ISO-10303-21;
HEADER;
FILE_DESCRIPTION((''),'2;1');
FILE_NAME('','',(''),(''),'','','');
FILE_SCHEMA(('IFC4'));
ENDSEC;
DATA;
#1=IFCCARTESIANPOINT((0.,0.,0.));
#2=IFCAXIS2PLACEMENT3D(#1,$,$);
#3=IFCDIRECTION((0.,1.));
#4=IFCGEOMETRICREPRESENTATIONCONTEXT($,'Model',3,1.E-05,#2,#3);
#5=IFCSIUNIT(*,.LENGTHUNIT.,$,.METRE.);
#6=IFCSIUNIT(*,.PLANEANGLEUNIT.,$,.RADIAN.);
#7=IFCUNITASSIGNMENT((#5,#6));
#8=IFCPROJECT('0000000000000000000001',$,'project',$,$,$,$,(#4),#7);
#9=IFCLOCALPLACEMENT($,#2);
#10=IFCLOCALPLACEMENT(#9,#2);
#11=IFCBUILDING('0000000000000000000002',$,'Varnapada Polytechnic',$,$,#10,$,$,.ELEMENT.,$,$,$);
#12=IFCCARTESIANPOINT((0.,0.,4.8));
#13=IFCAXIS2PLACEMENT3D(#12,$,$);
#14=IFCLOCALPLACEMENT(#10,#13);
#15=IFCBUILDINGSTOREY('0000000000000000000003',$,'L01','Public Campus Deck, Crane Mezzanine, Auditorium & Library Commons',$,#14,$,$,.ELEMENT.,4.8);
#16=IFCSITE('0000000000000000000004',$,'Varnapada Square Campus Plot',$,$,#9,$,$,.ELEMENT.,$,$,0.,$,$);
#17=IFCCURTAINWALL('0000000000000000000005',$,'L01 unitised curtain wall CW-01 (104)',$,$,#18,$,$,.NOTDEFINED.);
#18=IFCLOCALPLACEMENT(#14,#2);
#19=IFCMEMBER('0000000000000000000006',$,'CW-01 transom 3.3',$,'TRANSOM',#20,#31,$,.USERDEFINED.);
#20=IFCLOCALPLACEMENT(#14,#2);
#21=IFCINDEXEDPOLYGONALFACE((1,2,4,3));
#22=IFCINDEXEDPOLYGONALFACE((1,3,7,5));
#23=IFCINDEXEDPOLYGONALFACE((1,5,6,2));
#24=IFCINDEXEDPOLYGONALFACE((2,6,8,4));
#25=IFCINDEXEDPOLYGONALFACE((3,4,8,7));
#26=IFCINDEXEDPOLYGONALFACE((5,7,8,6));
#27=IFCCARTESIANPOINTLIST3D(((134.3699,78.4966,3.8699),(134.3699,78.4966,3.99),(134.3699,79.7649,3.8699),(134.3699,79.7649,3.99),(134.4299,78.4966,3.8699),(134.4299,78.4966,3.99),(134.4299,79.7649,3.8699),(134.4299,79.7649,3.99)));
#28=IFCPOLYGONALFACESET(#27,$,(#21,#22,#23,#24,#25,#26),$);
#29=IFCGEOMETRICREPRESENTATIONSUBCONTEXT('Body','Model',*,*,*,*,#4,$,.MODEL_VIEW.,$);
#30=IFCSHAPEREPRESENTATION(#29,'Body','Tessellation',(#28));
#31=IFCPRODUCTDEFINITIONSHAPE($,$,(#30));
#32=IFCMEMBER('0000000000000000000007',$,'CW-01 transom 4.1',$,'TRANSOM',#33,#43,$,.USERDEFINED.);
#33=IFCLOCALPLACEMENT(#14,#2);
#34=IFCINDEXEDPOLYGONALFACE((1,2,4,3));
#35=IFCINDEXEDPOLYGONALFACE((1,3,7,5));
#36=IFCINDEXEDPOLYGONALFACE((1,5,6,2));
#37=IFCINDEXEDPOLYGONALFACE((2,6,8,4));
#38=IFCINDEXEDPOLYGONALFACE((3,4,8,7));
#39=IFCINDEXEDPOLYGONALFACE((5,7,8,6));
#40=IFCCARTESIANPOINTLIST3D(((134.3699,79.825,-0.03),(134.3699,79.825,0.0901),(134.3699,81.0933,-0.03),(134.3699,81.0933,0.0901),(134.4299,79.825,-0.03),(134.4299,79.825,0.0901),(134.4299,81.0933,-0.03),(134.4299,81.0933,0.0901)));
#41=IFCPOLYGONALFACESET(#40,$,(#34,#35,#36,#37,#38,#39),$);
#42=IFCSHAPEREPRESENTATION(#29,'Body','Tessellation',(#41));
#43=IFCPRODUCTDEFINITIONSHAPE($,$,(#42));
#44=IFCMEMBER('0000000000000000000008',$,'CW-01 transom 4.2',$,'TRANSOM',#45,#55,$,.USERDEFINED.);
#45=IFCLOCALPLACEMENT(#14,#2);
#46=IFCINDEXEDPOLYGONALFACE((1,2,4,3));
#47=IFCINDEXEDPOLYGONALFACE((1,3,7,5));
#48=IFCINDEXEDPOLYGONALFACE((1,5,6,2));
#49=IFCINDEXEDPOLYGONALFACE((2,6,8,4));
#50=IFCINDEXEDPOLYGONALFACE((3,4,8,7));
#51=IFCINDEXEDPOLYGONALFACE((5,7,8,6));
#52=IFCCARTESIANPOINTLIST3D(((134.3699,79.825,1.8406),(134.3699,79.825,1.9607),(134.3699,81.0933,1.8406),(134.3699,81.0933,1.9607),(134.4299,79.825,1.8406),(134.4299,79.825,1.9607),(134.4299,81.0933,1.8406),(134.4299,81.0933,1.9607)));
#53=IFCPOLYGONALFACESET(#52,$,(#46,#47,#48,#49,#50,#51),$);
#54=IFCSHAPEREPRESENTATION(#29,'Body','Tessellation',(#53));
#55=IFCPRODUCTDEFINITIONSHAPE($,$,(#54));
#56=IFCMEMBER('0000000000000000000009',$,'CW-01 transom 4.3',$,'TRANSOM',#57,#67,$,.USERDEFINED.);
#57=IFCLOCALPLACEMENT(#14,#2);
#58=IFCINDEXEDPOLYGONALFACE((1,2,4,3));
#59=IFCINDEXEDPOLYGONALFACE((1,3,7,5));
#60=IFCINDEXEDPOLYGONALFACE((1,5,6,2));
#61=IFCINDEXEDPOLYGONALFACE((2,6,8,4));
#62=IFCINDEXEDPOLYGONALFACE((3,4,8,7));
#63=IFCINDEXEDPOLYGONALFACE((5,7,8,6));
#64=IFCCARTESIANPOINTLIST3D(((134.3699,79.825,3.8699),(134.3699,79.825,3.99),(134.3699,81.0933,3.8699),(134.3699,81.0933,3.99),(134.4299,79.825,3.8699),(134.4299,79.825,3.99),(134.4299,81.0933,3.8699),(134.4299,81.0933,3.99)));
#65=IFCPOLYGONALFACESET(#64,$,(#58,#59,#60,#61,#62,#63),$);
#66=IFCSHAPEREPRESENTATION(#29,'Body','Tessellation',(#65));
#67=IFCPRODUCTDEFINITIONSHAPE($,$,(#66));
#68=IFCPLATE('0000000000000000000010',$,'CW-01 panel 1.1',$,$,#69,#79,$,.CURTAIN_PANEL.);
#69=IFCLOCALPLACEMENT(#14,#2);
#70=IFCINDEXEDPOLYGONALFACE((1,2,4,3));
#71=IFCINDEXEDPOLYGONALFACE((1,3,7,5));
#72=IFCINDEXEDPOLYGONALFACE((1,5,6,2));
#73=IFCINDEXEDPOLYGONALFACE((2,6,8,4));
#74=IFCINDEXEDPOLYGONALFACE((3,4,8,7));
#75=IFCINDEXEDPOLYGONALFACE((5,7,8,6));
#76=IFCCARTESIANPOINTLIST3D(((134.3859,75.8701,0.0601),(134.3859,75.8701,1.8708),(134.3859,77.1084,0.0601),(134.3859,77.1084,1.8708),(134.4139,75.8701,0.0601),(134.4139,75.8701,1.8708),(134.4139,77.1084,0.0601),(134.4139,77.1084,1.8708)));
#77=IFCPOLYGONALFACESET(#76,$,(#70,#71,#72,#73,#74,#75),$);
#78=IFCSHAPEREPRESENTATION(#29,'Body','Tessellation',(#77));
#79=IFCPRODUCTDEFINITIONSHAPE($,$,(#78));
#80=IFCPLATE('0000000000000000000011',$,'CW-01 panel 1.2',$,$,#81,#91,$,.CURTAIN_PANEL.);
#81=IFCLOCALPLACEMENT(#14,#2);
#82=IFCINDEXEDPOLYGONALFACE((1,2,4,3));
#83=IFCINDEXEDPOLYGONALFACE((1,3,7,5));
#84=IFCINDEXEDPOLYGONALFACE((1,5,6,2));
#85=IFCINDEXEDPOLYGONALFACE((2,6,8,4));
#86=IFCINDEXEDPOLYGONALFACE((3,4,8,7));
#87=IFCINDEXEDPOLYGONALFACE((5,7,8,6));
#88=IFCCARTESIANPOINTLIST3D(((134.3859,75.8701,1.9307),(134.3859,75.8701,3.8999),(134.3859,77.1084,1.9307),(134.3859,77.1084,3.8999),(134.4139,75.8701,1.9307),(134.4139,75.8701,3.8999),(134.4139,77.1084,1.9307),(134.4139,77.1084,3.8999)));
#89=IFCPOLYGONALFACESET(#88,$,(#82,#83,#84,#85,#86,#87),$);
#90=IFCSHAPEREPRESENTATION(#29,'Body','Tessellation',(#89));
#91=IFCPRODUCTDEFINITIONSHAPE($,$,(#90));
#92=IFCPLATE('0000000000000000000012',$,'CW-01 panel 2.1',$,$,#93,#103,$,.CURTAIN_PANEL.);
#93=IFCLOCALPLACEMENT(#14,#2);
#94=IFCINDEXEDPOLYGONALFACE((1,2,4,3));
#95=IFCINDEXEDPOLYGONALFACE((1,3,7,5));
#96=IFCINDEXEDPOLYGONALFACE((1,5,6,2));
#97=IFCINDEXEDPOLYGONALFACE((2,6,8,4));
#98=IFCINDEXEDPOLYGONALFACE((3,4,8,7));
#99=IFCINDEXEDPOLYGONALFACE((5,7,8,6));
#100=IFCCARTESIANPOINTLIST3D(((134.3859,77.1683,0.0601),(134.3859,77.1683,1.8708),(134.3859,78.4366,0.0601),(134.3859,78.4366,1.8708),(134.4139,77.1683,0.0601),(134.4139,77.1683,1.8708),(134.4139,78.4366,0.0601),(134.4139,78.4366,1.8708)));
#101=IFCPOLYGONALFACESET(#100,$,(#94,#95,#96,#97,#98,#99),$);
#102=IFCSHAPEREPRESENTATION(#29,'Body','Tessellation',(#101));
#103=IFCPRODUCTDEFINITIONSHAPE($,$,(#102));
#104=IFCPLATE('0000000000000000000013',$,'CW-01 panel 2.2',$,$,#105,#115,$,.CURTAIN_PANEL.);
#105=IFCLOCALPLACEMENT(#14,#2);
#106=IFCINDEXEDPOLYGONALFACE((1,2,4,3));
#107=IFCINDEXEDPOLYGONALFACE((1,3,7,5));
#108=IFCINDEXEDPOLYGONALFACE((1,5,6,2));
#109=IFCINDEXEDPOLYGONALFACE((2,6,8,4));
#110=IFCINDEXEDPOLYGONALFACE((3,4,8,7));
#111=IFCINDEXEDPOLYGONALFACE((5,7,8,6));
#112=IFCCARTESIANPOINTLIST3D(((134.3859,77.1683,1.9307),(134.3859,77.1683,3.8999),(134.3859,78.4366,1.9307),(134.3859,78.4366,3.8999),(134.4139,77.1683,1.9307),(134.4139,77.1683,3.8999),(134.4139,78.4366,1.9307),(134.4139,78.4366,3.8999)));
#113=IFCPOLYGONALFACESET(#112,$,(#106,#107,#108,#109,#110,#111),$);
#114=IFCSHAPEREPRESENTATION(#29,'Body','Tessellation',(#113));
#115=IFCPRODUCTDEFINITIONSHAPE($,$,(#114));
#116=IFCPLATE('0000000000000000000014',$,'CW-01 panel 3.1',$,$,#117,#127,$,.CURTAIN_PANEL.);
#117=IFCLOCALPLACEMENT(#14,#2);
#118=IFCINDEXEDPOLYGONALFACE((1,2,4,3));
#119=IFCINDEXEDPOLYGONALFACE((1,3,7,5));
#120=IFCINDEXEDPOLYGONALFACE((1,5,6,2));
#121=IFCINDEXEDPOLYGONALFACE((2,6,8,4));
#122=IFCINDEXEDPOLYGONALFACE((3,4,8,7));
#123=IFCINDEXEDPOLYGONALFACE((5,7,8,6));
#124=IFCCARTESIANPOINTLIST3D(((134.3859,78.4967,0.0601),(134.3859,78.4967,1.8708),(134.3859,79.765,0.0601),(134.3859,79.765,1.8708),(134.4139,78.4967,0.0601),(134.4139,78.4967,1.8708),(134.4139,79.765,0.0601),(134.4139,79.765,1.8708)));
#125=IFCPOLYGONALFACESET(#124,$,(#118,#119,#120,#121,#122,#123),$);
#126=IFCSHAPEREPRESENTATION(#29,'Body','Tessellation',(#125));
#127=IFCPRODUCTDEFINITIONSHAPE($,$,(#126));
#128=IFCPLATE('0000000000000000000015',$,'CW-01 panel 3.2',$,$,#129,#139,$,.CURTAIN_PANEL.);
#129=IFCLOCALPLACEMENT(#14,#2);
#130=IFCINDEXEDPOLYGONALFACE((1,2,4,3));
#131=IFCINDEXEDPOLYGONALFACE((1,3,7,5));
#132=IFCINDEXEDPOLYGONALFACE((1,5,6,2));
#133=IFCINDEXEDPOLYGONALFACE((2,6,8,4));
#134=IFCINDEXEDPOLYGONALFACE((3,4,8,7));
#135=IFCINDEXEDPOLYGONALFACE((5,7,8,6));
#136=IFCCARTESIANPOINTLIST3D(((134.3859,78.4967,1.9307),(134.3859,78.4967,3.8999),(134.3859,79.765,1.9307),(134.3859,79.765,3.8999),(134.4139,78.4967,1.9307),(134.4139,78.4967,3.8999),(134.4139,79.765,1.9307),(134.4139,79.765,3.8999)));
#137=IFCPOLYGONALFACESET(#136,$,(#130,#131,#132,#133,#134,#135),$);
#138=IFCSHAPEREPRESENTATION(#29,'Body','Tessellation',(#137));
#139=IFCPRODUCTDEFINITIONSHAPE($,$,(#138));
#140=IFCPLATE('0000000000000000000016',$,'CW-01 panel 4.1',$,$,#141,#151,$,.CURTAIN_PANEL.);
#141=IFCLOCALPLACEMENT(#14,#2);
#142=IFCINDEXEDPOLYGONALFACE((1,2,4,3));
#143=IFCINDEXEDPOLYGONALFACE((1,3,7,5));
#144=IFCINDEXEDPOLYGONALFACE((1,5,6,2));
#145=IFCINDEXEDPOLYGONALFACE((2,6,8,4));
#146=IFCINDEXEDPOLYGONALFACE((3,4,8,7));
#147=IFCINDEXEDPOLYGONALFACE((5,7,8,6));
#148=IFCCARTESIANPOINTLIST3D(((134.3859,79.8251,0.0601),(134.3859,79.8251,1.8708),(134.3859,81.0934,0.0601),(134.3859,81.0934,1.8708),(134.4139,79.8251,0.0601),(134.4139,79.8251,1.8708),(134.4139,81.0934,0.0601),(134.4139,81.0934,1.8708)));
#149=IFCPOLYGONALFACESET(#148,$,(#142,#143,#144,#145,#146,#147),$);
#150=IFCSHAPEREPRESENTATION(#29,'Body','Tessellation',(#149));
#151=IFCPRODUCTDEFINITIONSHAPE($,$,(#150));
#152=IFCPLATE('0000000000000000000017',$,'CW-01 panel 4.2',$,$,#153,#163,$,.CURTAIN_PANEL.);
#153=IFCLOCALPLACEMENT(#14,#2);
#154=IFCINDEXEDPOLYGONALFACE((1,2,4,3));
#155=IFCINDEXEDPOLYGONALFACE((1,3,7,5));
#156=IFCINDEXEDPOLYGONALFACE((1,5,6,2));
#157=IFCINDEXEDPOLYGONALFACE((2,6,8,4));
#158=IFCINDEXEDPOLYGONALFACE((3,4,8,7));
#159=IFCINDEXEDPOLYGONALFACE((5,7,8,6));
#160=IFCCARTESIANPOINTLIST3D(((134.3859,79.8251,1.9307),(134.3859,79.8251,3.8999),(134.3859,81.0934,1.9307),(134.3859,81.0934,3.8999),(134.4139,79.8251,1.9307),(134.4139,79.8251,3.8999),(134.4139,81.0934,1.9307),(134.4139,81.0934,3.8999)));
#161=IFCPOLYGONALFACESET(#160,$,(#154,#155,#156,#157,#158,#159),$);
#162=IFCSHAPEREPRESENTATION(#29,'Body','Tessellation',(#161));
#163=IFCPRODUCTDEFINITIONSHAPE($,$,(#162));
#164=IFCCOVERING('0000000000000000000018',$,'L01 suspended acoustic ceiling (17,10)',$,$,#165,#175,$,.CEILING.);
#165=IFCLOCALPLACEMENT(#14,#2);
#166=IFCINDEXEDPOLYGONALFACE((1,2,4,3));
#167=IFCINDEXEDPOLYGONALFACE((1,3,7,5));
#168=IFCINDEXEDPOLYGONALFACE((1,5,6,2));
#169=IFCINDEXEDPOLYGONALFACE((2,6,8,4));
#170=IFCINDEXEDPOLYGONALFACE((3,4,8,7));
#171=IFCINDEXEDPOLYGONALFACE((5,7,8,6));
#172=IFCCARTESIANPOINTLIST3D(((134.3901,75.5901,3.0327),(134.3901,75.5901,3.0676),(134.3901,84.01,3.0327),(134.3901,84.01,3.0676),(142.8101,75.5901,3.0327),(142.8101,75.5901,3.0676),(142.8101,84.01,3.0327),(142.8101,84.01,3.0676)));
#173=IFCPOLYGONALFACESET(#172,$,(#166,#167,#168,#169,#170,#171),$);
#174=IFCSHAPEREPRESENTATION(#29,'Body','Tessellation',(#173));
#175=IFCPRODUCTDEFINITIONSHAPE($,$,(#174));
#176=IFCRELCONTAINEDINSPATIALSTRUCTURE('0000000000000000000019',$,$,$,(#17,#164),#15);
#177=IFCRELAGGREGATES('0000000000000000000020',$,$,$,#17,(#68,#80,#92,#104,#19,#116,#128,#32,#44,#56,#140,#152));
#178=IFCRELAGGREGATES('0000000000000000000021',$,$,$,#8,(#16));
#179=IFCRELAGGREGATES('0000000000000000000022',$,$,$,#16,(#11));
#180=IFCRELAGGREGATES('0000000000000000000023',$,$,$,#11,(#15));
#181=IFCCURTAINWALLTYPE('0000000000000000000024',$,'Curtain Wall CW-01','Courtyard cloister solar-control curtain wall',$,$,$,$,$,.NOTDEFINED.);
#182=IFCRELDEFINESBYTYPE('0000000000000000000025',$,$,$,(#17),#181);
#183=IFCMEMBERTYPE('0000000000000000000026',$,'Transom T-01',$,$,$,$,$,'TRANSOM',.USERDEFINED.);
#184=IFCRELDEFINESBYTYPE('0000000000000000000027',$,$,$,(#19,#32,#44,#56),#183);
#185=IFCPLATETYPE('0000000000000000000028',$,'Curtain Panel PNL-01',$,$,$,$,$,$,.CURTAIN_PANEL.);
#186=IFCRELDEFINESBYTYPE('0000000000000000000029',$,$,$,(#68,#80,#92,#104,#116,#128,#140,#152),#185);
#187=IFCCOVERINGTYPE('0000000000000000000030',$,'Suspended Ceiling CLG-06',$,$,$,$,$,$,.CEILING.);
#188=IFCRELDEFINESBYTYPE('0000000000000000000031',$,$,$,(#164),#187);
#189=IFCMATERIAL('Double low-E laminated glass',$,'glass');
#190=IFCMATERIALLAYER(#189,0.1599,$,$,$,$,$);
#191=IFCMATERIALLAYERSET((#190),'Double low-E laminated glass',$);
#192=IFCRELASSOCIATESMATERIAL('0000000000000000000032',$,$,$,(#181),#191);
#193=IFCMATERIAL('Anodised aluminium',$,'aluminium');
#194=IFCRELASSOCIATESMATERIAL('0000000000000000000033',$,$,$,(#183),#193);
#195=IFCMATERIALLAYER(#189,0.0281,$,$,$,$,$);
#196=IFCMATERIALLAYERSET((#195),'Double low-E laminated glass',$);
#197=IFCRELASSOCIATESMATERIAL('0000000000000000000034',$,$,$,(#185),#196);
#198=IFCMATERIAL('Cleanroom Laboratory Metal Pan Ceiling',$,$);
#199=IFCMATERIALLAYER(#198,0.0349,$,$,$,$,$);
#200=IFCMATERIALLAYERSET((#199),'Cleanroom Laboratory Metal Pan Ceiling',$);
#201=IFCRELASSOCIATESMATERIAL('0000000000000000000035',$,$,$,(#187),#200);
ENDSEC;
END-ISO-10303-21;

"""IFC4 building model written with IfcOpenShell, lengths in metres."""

from ifc_helpers import new_model, si_unit, direction, frame, origin, origin_2d, place, context, subcontext, project, spatial, rectangle, extrude, material, layer, layer_set, material_profile, profile_set, type_object, element, aggregate, save


model = new_model("IFC4")

# Units and contexts
model_context = context("Model", 3, precision=1e-05, world=origin(), true_north=direction((0.0, 1.0)))
body_context = subcontext(model_context, "Body", "Model", "MODEL_VIEW")
ifc_project = project(units=[si_unit("LENGTHUNIT", "METRE"), si_unit("PLANEANGLEUNIT", "RADIAN")], contexts=[model_context])

# Site, building, storey
site_placement = place(None, origin())
site = spatial("IfcSite", under=ifc_project, at=site_placement, Name="Varnapada Square Campus Plot", CompositionType="ELEMENT", RefElevation=0.0)
building_placement = place(site_placement, origin())
building = spatial("IfcBuilding", under=site, at=building_placement, Name="Varnapada Polytechnic", CompositionType="ELEMENT")
storey_placement = place(building_placement, frame((0.0, 0.0, 4.8)))
storey = spatial("IfcBuildingStorey", under=building, at=storey_placement, Name="L01", Description="Public Campus Deck, Crane Mezzanine, Auditorium & Library Commons", CompositionType="ELEMENT", Elevation=4.8)

# Curtain wall, members, plates
ifc_material_1 = material(Name="Double low-E laminated glass", Category="glass")
ifc_layer_1 = layer(ifc_material_1, 0.1599)
ifc_layer_set_1 = layer_set([ifc_layer_1], Name="Double low-E laminated glass")
curtain_wall_type = type_object("IfcCurtainWallType", Name="Curtain Wall CW-01", Description="Courtyard cloister solar-control curtain wall", PredefinedType="NOTDEFINED", material=ifc_layer_set_1)
curtain_wall_placement = place(storey_placement, origin())
curtain_wall = element("IfcCurtainWall", 1, at=curtain_wall_placement, inside=storey, type_object=curtain_wall_type, Name="L01 unitised curtain wall CW-01 (104)", PredefinedType="NOTDEFINED")
ifc_material_2 = material(Name="Anodised aluminium", Category="aluminium")
ifc_material_profile_1 = material_profile(ifc_material_2, rectangle(XDim=0.0601, YDim=0.1201, at=origin_2d()), Name="ALU T60x120")
ifc_profile_set_1 = profile_set([ifc_material_profile_1], Name="Anodised aluminium")
member_type_1 = type_object("IfcMemberType", Name="Transom T-01", ElementType="TRANSOM", PredefinedType="USERDEFINED", material=ifc_profile_set_1)
member_1_placement = place(storey_placement, frame((134.3999, 78.4966, 3.9299), z_axis=(0.0, 1.0, 0.0), x_axis=(-1.0, 0.0, 0.0)))
member_1 = element("IfcMember", 2, at=member_1_placement, type_object=member_type_1, Name="CW-01 transom 3.3", ObjectType="TRANSOM", PredefinedType="USERDEFINED", context=body_context, shape_type="SweptSolid", body=[
    extrude(rectangle(XDim=0.0601, YDim=0.1201, at=origin_2d()), origin(), (0.0, 0.0, 1.0), 1.2683),
])
member_2_placement = place(storey_placement, frame((134.3999, 79.825, 0.03), z_axis=(0.0, 1.0, 0.0), x_axis=(-1.0, 0.0, 0.0)))
member_2 = element("IfcMember", 3, at=member_2_placement, type_object=member_type_1, Name="CW-01 transom 4.1", ObjectType="TRANSOM", PredefinedType="USERDEFINED", context=body_context, shape_type="SweptSolid", body=[
    extrude(rectangle(XDim=0.0601, YDim=0.1201, at=origin_2d()), origin(), (0.0, 0.0, 1.0), 1.2683),
])
member_3_placement = place(storey_placement, frame((134.3999, 79.825, 1.9006), z_axis=(0.0, 1.0, 0.0), x_axis=(-1.0, 0.0, 0.0)))
member_3 = element("IfcMember", 4, at=member_3_placement, type_object=member_type_1, Name="CW-01 transom 4.2", ObjectType="TRANSOM", PredefinedType="USERDEFINED", context=body_context, shape_type="SweptSolid", body=[
    extrude(rectangle(XDim=0.0601, YDim=0.1201, at=origin_2d()), origin(), (0.0, 0.0, 1.0), 1.2683),
])
member_4_placement = place(storey_placement, frame((134.3999, 79.825, 3.9299), z_axis=(0.0, 1.0, 0.0), x_axis=(-1.0, 0.0, 0.0)))
member_4 = element("IfcMember", 5, at=member_4_placement, type_object=member_type_1, Name="CW-01 transom 4.3", ObjectType="TRANSOM", PredefinedType="USERDEFINED", context=body_context, shape_type="SweptSolid", body=[
    extrude(rectangle(XDim=0.0601, YDim=0.1201, at=origin_2d()), origin(), (0.0, 0.0, 1.0), 1.2683),
])
ifc_layer_2 = layer(ifc_material_1, 0.0281)
ifc_layer_set_2 = layer_set([ifc_layer_2], Name="Double low-E laminated glass")
plate_type = type_object("IfcPlateType", Name="Curtain Panel PNL-01", PredefinedType="CURTAIN_PANEL", material=ifc_layer_set_2)
plate_1_placement = place(storey_placement, frame((134.3999, 76.4893, 0.0601), z_axis=(0.0, 0.0, 1.0), x_axis=(0.0, 1.0, 0.0)))
plate_1 = element("IfcPlate", 6, at=plate_1_placement, type_object=plate_type, Name="CW-01 panel 1.1", PredefinedType="CURTAIN_PANEL", context=body_context, shape_type="SweptSolid", body=[
    extrude(rectangle(XDim=1.2383, YDim=0.0281, at=origin_2d()), origin(), (0.0, 0.0, 1.0), 1.8108),
])
plate_2_placement = place(storey_placement, frame((134.3999, 76.4893, 1.9307), z_axis=(0.0, 0.0, 1.0), x_axis=(0.0, 1.0, 0.0)))
plate_2 = element("IfcPlate", 7, at=plate_2_placement, type_object=plate_type, Name="CW-01 panel 1.2", PredefinedType="CURTAIN_PANEL", context=body_context, shape_type="SweptSolid", body=[
    extrude(rectangle(XDim=1.2383, YDim=0.0281, at=origin_2d()), origin(), (0.0, 0.0, 1.0), 1.9692),
])
plate_3_placement = place(storey_placement, frame((134.3999, 77.8025, 0.0601), z_axis=(0.0, 0.0, 1.0), x_axis=(0.0, 1.0, 0.0)))
plate_3 = element("IfcPlate", 8, at=plate_3_placement, type_object=plate_type, Name="CW-01 panel 2.1", PredefinedType="CURTAIN_PANEL", context=body_context, shape_type="SweptSolid", body=[
    extrude(rectangle(XDim=1.2683, YDim=0.0281, at=origin_2d()), origin(), (0.0, 0.0, 1.0), 1.8108),
])
plate_4_placement = place(storey_placement, frame((134.3999, 77.8025, 1.9307), z_axis=(0.0, 0.0, 1.0), x_axis=(0.0, 1.0, 0.0)))
plate_4 = element("IfcPlate", 9, at=plate_4_placement, type_object=plate_type, Name="CW-01 panel 2.2", PredefinedType="CURTAIN_PANEL", context=body_context, shape_type="SweptSolid", body=[
    extrude(rectangle(XDim=1.2683, YDim=0.0281, at=origin_2d()), origin(), (0.0, 0.0, 1.0), 1.9692),
])
plate_5_placement = place(storey_placement, frame((134.3999, 79.1309, 0.0601), z_axis=(0.0, 0.0, 1.0), x_axis=(0.0, 1.0, 0.0)))
plate_5 = element("IfcPlate", 10, at=plate_5_placement, type_object=plate_type, Name="CW-01 panel 3.1", PredefinedType="CURTAIN_PANEL", context=body_context, shape_type="SweptSolid", body=[
    extrude(rectangle(XDim=1.2683, YDim=0.0281, at=origin_2d()), origin(), (0.0, 0.0, 1.0), 1.8108),
])
plate_6_placement = place(storey_placement, frame((134.3999, 79.1309, 1.9307), z_axis=(0.0, 0.0, 1.0), x_axis=(0.0, 1.0, 0.0)))
plate_6 = element("IfcPlate", 11, at=plate_6_placement, type_object=plate_type, Name="CW-01 panel 3.2", PredefinedType="CURTAIN_PANEL", context=body_context, shape_type="SweptSolid", body=[
    extrude(rectangle(XDim=1.2683, YDim=0.0281, at=origin_2d()), origin(), (0.0, 0.0, 1.0), 1.9692),
])
plate_7_placement = place(storey_placement, frame((134.3999, 80.4592, 0.0601), z_axis=(0.0, 0.0, 1.0), x_axis=(0.0, 1.0, 0.0)))
plate_7 = element("IfcPlate", 12, at=plate_7_placement, type_object=plate_type, Name="CW-01 panel 4.1", PredefinedType="CURTAIN_PANEL", context=body_context, shape_type="SweptSolid", body=[
    extrude(rectangle(XDim=1.2683, YDim=0.0281, at=origin_2d()), origin(), (0.0, 0.0, 1.0), 1.8108),
])
plate_8_placement = place(storey_placement, frame((134.3999, 80.4592, 1.9307), z_axis=(0.0, 0.0, 1.0), x_axis=(0.0, 1.0, 0.0)))
plate_8 = element("IfcPlate", 13, at=plate_8_placement, type_object=plate_type, Name="CW-01 panel 4.2", PredefinedType="CURTAIN_PANEL", context=body_context, shape_type="SweptSolid", body=[
    extrude(rectangle(XDim=1.2683, YDim=0.0281, at=origin_2d()), origin(), (0.0, 0.0, 1.0), 1.9692),
])
aggregate(curtain_wall, [plate_1, plate_2, plate_3, plate_4, member_1, plate_5, plate_6, member_2, member_3, member_4, plate_7, plate_8])

# Covering
ifc_material_3 = material(Name="Cleanroom Laboratory Metal Pan Ceiling")
ifc_layer_3 = layer(ifc_material_3, 0.0349)
ifc_layer_set_3 = layer_set([ifc_layer_3], Name="Cleanroom Laboratory Metal Pan Ceiling")
covering_type = type_object("IfcCoveringType", Name="Suspended Ceiling CLG-06", PredefinedType="CEILING", material=ifc_layer_set_3)
covering_placement = place(storey_placement, frame((138.6001, 79.8, 3.0327), z_axis=(0.0, 0.0, 1.0), x_axis=(1.0, 0.0, 0.0)))
element("IfcCovering", 14, at=covering_placement, inside=storey, type_object=covering_type, Name="L01 suspended acoustic ceiling (17,10)", PredefinedType="CEILING", context=body_context, shape_type="SweptSolid", body=[
    extrude(rectangle(XDim=8.4199, YDim=8.4199, at=origin_2d()), origin(), (0.0, 0.0, 1.0), 0.0349),
])

save(model, "model.ifc")
